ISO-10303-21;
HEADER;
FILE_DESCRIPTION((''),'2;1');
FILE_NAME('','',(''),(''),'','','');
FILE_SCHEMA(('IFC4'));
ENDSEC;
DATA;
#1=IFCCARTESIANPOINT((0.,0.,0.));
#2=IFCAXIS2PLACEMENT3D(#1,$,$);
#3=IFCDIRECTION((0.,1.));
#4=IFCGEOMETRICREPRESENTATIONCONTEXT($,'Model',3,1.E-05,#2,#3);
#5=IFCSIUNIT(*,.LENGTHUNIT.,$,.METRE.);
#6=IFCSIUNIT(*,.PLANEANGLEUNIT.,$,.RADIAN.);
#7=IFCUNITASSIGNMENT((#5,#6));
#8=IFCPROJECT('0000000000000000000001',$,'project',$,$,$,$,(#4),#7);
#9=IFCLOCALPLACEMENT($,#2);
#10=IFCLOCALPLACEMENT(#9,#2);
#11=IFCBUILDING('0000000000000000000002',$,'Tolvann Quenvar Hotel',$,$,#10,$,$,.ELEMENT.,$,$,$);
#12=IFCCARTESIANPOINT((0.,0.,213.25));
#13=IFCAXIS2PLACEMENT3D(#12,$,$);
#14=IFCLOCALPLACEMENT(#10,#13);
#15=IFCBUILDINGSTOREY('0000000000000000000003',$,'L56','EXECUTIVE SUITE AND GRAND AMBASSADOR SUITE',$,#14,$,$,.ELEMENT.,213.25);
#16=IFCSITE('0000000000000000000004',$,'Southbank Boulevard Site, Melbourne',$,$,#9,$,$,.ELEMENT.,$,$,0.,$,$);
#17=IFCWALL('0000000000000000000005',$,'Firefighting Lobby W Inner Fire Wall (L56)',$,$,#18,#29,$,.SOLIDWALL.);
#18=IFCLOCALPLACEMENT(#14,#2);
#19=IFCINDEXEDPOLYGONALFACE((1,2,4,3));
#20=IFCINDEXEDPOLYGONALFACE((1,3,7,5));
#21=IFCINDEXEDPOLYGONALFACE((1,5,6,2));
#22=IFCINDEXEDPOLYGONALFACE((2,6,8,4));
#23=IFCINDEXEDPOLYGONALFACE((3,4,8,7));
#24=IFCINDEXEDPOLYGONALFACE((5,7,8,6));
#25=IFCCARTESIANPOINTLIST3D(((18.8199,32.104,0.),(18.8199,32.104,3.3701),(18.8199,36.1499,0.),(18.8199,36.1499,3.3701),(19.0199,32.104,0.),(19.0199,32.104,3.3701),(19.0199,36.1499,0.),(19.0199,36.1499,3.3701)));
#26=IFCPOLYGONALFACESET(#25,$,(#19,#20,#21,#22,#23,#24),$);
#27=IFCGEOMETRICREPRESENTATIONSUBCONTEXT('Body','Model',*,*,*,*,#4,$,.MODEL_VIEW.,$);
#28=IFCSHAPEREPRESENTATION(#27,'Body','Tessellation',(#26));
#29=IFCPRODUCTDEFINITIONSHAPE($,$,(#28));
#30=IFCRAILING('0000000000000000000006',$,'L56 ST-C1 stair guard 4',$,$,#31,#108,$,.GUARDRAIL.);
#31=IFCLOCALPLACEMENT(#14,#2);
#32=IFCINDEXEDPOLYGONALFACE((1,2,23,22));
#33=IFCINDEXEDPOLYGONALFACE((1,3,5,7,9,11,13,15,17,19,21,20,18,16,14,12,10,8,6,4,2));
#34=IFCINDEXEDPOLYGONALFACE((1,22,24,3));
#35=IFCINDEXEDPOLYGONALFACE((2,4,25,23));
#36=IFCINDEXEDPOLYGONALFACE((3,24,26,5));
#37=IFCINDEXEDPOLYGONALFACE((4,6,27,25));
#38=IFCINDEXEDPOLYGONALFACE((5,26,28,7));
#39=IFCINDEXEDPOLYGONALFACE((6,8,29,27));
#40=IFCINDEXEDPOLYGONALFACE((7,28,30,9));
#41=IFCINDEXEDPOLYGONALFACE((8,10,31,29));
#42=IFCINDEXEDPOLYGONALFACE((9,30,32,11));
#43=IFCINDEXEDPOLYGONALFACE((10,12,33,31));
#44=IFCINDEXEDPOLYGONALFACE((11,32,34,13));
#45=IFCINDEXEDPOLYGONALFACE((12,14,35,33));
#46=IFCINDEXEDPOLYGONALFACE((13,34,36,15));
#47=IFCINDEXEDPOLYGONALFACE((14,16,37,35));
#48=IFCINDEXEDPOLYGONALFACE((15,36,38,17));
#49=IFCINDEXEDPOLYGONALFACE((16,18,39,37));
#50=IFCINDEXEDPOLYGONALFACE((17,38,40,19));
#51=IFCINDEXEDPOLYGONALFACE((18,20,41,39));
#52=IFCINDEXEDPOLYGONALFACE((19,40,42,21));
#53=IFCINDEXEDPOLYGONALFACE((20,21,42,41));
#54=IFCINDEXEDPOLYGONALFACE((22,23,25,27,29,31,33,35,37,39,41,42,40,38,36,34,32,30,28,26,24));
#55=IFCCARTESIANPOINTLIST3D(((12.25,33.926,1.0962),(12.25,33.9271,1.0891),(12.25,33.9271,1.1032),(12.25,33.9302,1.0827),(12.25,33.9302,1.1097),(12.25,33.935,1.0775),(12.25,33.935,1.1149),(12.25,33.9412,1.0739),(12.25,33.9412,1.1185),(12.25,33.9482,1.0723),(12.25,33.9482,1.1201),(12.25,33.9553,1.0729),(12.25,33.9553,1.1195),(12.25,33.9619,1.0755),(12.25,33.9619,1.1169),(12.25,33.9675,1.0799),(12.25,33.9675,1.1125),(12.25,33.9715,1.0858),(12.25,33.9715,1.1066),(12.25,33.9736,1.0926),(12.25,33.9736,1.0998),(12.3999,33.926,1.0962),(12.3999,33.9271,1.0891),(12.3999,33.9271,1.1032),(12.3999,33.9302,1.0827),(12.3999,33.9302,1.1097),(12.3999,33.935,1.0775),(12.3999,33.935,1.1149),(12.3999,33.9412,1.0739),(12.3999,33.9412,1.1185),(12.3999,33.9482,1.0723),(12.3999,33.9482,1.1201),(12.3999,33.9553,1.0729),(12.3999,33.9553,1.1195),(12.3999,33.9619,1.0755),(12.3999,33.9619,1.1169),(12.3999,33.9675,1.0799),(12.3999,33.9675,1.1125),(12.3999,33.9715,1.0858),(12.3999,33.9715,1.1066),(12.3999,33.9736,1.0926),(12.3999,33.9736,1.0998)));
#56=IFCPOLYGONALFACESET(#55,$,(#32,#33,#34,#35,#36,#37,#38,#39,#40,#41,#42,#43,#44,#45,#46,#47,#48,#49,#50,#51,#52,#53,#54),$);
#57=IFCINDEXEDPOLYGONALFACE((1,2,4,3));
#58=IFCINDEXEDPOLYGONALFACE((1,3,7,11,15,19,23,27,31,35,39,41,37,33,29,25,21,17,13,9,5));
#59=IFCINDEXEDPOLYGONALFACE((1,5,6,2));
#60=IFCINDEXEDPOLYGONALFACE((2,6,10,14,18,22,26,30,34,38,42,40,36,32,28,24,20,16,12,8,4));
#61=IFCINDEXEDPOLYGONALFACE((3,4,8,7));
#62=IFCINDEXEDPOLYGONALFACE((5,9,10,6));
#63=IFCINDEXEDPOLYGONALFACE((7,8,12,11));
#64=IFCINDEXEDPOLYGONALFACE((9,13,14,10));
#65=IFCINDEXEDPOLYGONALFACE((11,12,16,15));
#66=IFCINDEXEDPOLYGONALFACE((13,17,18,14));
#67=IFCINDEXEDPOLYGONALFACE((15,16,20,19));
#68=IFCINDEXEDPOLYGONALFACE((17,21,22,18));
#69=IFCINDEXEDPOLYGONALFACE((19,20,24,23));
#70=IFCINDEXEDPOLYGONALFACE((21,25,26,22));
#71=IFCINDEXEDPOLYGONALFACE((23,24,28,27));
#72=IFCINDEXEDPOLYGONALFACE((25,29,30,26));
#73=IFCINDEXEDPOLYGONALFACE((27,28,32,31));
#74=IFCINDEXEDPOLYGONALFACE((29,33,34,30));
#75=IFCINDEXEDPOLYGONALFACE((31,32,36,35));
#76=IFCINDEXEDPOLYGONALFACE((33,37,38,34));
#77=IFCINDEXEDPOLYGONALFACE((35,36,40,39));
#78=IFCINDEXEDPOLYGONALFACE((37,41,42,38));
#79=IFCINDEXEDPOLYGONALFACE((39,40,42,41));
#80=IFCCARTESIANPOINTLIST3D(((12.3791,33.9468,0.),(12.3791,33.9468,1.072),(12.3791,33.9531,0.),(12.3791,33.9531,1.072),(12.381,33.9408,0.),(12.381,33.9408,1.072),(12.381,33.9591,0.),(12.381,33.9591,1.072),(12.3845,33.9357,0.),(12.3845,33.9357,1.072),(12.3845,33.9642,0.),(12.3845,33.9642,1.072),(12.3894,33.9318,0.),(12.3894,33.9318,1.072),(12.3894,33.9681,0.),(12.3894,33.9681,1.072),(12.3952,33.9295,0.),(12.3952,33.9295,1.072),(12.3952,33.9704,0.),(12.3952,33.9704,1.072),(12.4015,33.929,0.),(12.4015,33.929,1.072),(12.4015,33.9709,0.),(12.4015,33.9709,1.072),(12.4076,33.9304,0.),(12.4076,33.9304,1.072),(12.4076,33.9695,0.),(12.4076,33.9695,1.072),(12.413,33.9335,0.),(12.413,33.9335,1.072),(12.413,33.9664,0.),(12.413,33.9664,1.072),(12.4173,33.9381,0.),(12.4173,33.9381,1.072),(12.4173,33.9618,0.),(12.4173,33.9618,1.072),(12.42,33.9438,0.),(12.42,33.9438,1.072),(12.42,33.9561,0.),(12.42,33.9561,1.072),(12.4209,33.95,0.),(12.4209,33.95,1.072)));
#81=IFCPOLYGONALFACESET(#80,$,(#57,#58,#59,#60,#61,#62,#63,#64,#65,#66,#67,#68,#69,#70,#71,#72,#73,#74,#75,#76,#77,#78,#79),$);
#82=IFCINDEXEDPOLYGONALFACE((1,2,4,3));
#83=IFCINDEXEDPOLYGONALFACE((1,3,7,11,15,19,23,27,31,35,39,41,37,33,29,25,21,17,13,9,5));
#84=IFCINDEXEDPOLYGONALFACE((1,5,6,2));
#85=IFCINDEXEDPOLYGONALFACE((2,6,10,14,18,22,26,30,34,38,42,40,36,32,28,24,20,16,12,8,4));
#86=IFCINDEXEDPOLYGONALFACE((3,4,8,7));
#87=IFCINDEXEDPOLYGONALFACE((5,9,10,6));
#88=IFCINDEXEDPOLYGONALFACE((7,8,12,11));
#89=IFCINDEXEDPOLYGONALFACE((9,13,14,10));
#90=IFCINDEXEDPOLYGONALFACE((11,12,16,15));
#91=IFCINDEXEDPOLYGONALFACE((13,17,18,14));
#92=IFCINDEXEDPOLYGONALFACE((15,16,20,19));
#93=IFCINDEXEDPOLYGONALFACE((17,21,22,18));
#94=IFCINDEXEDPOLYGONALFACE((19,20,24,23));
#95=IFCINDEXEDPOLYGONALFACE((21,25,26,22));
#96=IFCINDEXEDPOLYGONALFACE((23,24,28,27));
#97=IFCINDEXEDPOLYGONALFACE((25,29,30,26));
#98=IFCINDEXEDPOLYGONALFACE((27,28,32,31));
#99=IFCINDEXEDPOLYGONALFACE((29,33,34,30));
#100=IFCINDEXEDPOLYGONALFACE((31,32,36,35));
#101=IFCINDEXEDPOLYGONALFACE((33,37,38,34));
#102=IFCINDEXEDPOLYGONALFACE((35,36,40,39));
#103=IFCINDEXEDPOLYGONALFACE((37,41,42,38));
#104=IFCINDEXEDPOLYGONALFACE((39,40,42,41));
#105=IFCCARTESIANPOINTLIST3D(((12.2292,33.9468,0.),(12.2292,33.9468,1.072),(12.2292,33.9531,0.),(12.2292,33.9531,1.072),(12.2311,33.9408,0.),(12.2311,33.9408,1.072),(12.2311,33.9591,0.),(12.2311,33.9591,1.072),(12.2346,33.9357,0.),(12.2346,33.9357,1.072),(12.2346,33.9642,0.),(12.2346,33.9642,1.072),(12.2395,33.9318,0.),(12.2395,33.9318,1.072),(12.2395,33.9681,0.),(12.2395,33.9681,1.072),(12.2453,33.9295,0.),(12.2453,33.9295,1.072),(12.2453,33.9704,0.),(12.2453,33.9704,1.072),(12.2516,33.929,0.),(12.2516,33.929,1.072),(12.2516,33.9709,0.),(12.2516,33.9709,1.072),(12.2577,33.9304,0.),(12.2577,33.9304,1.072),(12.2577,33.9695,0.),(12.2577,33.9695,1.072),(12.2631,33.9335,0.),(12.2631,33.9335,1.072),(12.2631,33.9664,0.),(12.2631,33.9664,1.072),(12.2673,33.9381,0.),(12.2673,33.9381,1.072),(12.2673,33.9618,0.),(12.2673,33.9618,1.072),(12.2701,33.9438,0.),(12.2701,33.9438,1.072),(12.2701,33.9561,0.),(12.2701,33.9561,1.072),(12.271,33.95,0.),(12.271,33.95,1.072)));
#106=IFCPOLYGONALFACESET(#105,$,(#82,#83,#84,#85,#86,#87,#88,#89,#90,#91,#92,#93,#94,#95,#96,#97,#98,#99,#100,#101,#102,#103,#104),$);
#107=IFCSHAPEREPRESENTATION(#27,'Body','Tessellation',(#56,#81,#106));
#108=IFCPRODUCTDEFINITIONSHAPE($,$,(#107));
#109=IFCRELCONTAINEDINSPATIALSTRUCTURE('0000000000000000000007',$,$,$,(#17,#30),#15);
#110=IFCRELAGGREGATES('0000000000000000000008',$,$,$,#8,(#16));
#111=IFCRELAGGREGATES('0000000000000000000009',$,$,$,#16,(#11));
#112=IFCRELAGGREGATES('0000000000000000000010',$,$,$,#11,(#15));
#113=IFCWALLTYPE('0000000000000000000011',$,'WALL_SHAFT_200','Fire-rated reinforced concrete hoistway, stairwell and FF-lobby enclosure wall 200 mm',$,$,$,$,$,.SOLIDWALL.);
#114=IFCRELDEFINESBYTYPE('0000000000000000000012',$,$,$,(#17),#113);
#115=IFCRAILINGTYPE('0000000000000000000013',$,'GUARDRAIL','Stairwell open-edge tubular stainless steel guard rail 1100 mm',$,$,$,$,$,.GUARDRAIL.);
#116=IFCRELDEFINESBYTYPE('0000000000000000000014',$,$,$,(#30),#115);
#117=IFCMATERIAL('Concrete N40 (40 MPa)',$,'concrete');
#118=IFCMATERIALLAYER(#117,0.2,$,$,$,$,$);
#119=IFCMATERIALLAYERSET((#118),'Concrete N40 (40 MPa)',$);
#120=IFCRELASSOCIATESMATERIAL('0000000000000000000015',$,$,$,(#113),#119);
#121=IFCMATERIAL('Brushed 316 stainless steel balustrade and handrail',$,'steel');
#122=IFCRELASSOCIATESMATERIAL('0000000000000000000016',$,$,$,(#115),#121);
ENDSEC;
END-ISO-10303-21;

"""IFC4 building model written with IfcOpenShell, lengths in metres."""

from ifc_helpers import new_model, si_unit, direction, frame, frame_2d, origin, origin_2d, place, context, subcontext, project, spatial, rectangle, circle, extrude, material, layer, layer_set, type_object, element, save


model = new_model("IFC4")

# Units and contexts
model_context = context("Model", 3, precision=1e-05, world=origin(), true_north=direction((0.0, 1.0)))
body_context = subcontext(model_context, "Body", "Model", "MODEL_VIEW")
ifc_project = project(units=[si_unit("LENGTHUNIT", "METRE"), si_unit("PLANEANGLEUNIT", "RADIAN")], contexts=[model_context])

# Site, building, storey
site_placement = place(None, origin())
site = spatial("IfcSite", under=ifc_project, at=site_placement, Name="Southbank Boulevard Site, Melbourne", CompositionType="ELEMENT", RefElevation=0.0)
building_placement = place(site_placement, origin())
building = spatial("IfcBuilding", under=site, at=building_placement, Name="Tolvann Quenvar Hotel", CompositionType="ELEMENT")
storey_placement = place(building_placement, frame((0.0, 0.0, 213.25)))
storey = spatial("IfcBuildingStorey", under=building, at=storey_placement, Name="L56", Description="EXECUTIVE SUITE AND GRAND AMBASSADOR SUITE", CompositionType="ELEMENT", Elevation=213.25)

# Wall
ifc_material_1 = material(Name="Concrete N40 (40 MPa)", Category="concrete")
ifc_layer_1 = layer(ifc_material_1, 0.2)
ifc_layer_set_1 = layer_set([ifc_layer_1], Name="Concrete N40 (40 MPa)")
wall_type_1 = type_object("IfcWallType", Name="WALL_SHAFT_200", Description="Fire-rated reinforced concrete hoistway, stairwell and FF-lobby enclosure wall 200 mm", PredefinedType="SOLIDWALL", material=ifc_layer_set_1)
wall_1_placement = place(storey_placement, frame((18.9199, 32.104, 0.0), z_axis=(0.0, 0.0, 1.0), x_axis=(0.0, 1.0, 0.0)))
element("IfcWall", 1, at=wall_1_placement, inside=storey, type_object=wall_type_1, Name="Firefighting Lobby W Inner Fire Wall (L56)", PredefinedType="SOLIDWALL", context=body_context, shape_type="SweptSolid", body=[
    extrude(rectangle(XDim=4.0459, YDim=0.2, at=frame_2d((2.0229, 0.0))), origin(), (0.0, 0.0, 1.0), 3.3701),
])

# Railing
ifc_material_2 = material(Name="Brushed 316 stainless steel balustrade and handrail", Category="steel")
railing_type = type_object("IfcRailingType", Name="GUARDRAIL", Description="Stairwell open-edge tubular stainless steel guard rail 1100 mm", PredefinedType="GUARDRAIL", material=ifc_material_2)
railing_placement = place(storey_placement, frame((12.3999, 33.95, 0.0)))
element("IfcRailing", 2, at=railing_placement, inside=storey, type_object=railing_type, Name="L56 ST-C1 stair guard 4", PredefinedType="GUARDRAIL", context=body_context, shape_type="SweptSolid", body=[
    extrude(circle(Radius=0.0239, at=origin_2d()), frame((0.0, 0.0, 1.0962), z_axis=(-1.0, 0.0, 0.0), x_axis=(0.0, -1.0, 0.0)), (0.0, 0.0, 1.0), 0.1499),
    extrude(circle(Radius=0.021, at=origin_2d()), origin(), (0.0, 0.0, 1.0), 1.072),
    extrude(circle(Radius=0.021, at=origin_2d()), frame((-0.1499, 0.0, 0.0)), (0.0, 0.0, 1.0), 1.072),
])

save(model, "model.ifc")
